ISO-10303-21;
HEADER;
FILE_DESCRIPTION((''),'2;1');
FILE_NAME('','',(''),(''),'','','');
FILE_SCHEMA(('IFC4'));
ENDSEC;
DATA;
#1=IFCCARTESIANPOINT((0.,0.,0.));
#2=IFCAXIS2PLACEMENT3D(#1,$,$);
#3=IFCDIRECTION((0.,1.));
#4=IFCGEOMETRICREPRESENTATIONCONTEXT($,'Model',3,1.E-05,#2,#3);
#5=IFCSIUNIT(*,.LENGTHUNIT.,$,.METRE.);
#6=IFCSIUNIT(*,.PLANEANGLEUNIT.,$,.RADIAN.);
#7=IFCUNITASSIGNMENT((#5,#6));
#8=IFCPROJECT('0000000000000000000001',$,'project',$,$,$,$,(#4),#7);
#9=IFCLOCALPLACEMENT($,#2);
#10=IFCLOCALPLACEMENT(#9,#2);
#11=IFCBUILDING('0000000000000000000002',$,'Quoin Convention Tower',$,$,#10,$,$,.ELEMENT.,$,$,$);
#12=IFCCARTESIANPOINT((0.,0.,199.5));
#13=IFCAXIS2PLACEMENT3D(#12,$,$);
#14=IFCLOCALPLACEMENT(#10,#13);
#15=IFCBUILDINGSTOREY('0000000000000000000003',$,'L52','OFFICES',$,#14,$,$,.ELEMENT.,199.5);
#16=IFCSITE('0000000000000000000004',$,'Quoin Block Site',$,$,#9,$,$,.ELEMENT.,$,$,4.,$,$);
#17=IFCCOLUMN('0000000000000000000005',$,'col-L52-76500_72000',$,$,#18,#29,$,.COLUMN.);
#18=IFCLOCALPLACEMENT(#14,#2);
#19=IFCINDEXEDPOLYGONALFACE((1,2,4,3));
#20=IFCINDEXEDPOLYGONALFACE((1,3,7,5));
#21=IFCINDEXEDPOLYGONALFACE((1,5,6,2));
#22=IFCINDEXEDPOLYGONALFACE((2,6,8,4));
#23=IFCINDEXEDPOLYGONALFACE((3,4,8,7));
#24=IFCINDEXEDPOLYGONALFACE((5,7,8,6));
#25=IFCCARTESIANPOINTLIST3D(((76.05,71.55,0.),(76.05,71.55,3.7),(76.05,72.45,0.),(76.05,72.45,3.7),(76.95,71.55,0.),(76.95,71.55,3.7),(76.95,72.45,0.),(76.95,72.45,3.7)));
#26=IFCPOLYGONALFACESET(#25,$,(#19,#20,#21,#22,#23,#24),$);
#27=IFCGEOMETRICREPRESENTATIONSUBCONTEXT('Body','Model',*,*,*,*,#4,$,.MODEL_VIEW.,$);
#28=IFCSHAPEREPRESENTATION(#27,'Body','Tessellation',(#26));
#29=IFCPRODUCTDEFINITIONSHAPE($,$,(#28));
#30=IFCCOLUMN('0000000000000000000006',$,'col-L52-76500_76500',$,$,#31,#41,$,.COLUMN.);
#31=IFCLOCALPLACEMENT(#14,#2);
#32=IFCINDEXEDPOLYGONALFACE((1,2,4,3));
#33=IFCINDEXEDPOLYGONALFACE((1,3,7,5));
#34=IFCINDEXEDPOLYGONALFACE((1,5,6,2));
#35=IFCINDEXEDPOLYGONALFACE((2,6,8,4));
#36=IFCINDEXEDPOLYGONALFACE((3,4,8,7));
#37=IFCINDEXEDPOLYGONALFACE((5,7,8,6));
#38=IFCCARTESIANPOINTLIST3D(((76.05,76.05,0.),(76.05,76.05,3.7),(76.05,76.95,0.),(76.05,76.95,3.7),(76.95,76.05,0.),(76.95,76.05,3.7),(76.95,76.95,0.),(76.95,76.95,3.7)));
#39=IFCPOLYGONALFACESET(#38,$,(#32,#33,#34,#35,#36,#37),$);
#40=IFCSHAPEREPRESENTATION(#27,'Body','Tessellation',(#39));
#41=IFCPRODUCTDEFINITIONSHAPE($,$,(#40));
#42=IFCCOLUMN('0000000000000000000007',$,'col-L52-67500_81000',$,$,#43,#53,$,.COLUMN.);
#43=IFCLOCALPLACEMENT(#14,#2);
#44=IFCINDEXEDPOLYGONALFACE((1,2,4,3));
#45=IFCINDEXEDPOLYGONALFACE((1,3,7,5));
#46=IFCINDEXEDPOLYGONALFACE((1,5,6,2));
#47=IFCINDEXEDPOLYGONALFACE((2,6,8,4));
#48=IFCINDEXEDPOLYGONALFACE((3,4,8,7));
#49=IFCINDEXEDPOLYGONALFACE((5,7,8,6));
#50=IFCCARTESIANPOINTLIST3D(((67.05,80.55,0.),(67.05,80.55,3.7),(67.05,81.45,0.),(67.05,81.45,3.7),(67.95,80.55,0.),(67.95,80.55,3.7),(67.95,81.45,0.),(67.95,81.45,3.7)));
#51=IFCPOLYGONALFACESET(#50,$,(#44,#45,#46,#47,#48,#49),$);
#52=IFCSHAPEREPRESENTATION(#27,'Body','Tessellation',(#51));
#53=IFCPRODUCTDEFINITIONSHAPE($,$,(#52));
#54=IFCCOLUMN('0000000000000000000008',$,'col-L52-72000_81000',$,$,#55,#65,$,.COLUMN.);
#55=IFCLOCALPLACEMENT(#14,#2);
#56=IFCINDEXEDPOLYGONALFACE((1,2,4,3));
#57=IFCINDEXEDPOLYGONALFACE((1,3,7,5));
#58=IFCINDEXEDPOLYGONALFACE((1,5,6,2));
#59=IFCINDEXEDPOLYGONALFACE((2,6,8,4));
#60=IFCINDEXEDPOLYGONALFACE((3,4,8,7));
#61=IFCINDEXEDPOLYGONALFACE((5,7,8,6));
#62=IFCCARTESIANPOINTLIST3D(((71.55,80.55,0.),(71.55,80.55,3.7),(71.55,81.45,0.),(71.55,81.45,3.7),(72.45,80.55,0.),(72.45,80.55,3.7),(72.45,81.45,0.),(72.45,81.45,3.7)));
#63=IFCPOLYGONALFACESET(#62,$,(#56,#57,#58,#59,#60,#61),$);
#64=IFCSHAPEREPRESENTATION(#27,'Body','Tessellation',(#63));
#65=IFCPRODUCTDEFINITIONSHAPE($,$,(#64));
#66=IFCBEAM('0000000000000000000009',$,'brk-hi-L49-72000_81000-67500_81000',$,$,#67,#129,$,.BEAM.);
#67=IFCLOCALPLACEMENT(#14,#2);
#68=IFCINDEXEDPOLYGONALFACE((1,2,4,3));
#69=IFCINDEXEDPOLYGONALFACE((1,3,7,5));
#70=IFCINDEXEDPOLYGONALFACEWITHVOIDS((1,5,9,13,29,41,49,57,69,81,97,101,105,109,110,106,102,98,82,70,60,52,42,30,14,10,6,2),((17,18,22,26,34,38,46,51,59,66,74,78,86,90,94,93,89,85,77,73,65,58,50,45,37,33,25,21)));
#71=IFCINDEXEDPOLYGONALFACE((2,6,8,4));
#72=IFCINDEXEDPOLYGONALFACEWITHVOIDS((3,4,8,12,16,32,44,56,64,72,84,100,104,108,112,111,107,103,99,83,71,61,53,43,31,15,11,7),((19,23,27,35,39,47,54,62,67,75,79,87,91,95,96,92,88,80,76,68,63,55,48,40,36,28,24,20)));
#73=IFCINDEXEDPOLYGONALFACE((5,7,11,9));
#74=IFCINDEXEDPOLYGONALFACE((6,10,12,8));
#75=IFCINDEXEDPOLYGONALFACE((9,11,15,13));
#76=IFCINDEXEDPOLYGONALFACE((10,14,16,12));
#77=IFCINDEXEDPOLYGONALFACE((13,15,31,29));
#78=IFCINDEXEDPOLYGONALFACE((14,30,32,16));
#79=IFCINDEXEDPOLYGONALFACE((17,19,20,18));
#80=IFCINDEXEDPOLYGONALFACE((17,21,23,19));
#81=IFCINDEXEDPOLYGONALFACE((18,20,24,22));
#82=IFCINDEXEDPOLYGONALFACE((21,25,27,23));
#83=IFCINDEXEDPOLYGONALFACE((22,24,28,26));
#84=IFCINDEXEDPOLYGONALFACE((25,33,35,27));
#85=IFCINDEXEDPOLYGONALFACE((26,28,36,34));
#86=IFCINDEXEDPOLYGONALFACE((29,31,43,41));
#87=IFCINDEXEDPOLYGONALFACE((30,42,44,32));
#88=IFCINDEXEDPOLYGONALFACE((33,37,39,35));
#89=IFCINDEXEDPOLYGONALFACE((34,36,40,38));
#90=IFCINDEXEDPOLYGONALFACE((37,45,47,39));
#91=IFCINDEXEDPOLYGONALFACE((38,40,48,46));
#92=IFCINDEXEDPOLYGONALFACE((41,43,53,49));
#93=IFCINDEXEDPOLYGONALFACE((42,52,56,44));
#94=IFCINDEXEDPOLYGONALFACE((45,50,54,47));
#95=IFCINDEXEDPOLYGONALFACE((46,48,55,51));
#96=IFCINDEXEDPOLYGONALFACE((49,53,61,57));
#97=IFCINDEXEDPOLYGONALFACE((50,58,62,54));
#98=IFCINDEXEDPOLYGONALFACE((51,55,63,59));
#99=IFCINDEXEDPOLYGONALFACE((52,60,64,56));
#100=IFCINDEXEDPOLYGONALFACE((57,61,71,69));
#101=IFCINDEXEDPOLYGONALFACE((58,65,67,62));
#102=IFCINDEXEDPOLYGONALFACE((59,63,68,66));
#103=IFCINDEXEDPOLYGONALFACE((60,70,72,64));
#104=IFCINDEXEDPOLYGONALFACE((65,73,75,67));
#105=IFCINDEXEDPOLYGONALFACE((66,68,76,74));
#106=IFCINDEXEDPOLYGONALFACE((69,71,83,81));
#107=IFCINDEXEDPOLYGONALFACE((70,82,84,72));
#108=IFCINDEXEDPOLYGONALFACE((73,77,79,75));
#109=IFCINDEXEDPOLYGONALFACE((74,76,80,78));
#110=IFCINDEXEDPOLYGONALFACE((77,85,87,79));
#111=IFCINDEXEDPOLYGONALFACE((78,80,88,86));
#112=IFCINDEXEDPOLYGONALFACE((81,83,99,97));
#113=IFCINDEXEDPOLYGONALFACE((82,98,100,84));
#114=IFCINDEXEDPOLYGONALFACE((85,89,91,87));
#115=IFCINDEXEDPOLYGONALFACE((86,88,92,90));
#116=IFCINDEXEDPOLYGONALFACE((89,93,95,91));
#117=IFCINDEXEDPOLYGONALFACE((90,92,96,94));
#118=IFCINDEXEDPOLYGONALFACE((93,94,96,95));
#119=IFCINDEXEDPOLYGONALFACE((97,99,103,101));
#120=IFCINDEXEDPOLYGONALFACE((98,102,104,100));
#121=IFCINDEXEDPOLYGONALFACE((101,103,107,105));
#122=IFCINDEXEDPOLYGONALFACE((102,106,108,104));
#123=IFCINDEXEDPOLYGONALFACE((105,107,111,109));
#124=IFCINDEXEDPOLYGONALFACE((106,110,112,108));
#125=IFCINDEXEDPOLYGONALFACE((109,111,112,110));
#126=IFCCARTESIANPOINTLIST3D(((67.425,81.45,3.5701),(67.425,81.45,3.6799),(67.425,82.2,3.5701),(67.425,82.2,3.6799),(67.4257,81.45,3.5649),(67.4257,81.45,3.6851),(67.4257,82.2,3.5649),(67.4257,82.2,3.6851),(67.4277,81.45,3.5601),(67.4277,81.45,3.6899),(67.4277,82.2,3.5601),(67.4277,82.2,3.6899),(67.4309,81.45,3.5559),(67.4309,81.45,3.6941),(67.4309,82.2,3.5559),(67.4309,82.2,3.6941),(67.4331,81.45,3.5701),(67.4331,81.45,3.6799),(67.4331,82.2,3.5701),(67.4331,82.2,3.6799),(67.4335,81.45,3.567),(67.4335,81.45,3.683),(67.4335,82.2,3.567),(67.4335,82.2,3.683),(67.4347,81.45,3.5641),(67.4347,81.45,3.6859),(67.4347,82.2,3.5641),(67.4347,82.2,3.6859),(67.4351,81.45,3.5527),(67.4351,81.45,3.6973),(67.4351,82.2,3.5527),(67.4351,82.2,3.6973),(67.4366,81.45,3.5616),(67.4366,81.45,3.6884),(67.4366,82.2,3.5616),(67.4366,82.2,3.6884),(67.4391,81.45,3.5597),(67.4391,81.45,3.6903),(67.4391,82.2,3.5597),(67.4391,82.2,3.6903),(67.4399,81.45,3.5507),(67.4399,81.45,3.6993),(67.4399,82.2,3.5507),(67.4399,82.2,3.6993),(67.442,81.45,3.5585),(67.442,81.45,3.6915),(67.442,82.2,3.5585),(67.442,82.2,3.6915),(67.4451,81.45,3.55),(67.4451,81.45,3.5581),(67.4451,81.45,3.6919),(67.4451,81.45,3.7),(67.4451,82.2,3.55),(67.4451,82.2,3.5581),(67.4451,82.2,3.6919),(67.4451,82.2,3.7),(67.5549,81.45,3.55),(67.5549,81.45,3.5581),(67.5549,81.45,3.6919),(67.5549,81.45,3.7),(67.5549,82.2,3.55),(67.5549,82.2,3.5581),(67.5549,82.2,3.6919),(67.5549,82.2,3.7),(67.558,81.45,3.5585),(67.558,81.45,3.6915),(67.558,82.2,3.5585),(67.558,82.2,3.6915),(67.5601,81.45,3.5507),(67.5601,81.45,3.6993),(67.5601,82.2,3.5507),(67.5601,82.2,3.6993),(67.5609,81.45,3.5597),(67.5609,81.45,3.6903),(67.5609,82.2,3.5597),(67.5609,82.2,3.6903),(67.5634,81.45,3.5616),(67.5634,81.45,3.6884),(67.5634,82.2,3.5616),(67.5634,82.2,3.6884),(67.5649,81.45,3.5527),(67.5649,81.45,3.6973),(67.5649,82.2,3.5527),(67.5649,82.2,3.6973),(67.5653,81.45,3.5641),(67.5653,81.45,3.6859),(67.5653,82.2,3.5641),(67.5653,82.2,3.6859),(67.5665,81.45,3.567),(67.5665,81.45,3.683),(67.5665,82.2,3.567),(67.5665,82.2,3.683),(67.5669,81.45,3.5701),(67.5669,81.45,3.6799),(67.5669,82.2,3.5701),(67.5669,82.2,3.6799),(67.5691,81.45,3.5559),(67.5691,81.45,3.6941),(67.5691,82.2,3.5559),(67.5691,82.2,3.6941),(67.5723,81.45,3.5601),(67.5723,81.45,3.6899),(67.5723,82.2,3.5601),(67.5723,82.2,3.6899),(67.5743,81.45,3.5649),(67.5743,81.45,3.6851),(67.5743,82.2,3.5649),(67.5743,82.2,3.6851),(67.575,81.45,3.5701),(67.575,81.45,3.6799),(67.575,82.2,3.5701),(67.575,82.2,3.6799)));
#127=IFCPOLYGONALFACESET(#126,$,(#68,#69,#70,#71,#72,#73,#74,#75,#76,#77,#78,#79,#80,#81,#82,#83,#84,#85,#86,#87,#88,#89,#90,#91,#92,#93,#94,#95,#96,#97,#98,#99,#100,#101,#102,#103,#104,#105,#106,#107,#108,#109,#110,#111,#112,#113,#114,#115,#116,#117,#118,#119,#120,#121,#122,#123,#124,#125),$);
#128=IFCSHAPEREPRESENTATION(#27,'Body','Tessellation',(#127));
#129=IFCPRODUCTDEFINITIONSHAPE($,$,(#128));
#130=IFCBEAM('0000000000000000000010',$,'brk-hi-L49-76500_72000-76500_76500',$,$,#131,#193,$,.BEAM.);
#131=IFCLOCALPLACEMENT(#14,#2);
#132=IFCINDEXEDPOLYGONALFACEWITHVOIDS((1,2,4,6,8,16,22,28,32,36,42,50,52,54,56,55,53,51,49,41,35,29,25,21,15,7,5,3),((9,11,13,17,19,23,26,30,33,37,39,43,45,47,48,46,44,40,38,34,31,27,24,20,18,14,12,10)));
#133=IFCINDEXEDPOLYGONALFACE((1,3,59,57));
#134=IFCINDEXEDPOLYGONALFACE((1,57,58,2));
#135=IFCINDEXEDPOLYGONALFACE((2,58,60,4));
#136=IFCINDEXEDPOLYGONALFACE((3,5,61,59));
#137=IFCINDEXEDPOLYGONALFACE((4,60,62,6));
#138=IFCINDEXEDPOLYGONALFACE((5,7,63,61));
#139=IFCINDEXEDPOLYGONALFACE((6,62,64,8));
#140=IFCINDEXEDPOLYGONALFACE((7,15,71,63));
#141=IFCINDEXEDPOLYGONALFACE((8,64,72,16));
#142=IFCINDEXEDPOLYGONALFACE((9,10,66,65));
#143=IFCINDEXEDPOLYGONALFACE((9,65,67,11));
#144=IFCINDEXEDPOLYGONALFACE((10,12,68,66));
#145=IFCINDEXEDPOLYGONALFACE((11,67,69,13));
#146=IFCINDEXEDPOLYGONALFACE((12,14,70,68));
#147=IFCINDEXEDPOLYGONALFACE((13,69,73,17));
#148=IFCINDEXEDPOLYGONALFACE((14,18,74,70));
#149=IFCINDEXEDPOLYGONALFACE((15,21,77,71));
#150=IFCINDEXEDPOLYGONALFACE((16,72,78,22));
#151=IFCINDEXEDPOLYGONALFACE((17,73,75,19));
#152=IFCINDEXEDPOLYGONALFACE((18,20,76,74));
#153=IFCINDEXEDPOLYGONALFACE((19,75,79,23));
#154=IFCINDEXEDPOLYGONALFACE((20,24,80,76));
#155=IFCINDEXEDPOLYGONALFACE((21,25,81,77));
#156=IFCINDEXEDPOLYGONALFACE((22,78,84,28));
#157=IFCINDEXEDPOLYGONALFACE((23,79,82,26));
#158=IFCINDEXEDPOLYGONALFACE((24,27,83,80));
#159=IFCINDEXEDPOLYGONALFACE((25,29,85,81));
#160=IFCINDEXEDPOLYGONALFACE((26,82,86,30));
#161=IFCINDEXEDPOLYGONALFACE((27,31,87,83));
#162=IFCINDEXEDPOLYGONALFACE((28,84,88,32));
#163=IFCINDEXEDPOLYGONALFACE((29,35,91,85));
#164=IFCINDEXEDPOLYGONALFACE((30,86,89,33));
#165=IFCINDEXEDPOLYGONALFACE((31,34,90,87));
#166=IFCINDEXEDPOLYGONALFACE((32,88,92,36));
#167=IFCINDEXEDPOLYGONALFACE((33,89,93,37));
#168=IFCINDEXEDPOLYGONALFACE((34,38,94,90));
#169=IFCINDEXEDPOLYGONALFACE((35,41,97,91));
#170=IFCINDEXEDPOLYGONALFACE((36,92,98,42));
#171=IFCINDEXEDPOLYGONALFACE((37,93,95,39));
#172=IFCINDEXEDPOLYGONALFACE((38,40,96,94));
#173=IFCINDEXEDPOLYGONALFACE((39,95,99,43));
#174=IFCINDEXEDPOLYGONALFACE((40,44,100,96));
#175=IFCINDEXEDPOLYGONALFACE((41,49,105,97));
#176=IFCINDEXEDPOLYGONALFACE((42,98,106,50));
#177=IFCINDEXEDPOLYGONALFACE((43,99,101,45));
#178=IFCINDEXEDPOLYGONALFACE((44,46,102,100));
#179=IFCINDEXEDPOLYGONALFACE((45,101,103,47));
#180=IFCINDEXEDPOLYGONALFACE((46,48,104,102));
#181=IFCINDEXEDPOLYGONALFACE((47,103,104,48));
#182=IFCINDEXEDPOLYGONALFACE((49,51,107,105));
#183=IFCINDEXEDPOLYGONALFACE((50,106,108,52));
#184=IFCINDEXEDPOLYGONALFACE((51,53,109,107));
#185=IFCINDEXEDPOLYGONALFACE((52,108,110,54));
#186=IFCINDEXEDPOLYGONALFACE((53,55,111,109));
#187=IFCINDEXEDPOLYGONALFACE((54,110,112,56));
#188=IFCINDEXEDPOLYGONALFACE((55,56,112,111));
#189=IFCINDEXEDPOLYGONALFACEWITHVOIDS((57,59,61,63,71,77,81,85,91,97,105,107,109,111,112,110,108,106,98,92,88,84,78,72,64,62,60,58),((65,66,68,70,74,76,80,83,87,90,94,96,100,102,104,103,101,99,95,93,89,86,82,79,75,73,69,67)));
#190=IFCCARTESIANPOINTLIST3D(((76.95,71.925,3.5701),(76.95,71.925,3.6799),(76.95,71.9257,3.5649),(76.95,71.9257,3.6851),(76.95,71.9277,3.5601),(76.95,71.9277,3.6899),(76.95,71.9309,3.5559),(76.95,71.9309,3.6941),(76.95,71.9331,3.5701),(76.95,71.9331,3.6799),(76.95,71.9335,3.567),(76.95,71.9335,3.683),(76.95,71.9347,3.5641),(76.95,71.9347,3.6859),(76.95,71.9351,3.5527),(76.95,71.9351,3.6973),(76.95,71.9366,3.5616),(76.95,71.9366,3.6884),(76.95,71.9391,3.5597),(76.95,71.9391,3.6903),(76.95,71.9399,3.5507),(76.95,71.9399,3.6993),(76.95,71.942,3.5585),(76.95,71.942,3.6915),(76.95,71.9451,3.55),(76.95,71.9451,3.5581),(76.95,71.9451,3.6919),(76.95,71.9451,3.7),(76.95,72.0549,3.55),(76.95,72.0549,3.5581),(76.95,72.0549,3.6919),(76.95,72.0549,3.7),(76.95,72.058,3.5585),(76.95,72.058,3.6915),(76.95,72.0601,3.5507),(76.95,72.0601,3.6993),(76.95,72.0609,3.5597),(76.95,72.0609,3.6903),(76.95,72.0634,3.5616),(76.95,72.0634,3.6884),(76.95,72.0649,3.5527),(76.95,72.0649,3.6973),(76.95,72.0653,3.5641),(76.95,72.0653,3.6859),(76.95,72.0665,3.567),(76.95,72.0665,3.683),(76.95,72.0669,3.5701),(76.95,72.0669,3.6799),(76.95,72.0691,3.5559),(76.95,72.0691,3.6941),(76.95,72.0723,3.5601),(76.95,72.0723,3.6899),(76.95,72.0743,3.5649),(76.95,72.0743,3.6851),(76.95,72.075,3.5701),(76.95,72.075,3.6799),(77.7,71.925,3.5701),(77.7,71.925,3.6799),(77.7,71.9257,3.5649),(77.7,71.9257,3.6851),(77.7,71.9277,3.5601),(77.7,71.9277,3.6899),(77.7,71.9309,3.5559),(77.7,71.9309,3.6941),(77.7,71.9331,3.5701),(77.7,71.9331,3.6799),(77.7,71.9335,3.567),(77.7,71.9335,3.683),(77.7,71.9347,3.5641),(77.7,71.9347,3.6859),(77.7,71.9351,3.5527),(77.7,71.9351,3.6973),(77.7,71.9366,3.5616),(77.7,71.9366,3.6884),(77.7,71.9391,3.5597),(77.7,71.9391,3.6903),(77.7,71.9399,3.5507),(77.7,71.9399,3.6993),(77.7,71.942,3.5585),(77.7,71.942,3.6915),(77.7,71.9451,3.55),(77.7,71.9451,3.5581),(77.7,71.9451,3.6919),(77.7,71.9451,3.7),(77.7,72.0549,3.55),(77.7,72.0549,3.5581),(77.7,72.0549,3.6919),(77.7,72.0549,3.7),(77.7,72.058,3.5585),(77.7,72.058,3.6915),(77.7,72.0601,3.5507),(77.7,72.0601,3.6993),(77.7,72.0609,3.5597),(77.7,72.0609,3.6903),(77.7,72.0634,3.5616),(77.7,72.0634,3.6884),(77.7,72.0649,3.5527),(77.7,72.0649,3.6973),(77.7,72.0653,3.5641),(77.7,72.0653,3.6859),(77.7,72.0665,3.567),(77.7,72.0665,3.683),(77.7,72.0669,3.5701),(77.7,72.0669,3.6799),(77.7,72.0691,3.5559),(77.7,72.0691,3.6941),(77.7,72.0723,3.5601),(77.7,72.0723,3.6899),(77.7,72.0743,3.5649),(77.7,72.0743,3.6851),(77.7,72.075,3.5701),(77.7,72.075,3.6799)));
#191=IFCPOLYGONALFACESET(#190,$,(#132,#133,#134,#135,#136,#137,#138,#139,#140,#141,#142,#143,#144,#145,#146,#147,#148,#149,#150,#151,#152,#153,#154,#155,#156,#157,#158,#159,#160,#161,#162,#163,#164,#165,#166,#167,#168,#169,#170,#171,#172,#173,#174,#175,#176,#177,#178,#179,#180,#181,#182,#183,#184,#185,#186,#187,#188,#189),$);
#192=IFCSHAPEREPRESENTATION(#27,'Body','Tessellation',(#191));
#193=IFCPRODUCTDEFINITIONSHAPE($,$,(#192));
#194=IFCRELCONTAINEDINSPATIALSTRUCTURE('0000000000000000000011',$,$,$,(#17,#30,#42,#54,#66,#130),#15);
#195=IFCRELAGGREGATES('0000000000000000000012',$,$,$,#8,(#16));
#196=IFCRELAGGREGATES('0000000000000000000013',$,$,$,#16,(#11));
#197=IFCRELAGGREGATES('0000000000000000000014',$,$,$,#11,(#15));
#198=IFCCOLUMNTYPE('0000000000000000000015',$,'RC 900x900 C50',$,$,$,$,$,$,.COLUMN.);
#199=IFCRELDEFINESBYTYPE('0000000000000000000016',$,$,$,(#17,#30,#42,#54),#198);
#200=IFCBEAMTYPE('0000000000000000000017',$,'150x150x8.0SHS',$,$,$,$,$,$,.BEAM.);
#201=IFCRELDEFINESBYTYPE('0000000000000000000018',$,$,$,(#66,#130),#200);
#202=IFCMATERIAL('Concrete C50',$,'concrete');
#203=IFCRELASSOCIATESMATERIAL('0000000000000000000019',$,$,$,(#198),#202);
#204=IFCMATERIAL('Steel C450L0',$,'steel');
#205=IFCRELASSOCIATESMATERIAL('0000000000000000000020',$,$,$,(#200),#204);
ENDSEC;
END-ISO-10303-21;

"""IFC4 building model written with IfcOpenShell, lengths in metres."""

from ifc_helpers import new_model, si_unit, direction, frame, origin, origin_2d, place, context, subcontext, project, spatial, rectangle, hollow_rectangle, extrude, material, material_profile, profile_set, type_object, element, save


model = new_model("IFC4")

# Units and contexts
model_context = context("Model", 3, precision=1e-05, world=origin(), true_north=direction((0.0, 1.0)))
body_context = subcontext(model_context, "Body", "Model", "MODEL_VIEW")
ifc_project = project(units=[si_unit("LENGTHUNIT", "METRE"), si_unit("PLANEANGLEUNIT", "RADIAN")], contexts=[model_context])

# Site, building, storey
site_placement = place(None, origin())
site = spatial("IfcSite", under=ifc_project, at=site_placement, Name="Quoin Block Site", CompositionType="ELEMENT", RefElevation=4.0)
building_placement = place(site_placement, origin())
building = spatial("IfcBuilding", under=site, at=building_placement, Name="Quoin Convention Tower", CompositionType="ELEMENT")
storey_placement = place(building_placement, frame((0.0, 0.0, 199.5)))
storey = spatial("IfcBuildingStorey", under=building, at=storey_placement, Name="L52", Description="OFFICES", CompositionType="ELEMENT", Elevation=199.5)

# Columns
ifc_material_1 = material(Name="Concrete C50", Category="concrete")
ifc_material_profile_1 = material_profile(ifc_material_1, rectangle(XDim=0.8999, YDim=0.8999, at=origin_2d()), Name="RC 900x900")
ifc_profile_set_1 = profile_set([ifc_material_profile_1], Name="Concrete C50")
column_type = type_object("IfcColumnType", Name="RC 900x900 C50", PredefinedType="COLUMN", material=ifc_profile_set_1)
for number, where, z_axis, x_axis, name in (
    (1, (76.5, 72.0, 0.0), (0.0, 0.0, 1.0), (1.0, 0.0, 0.0), "col-L52-76500_72000"),
    (2, (76.5, 76.5, 0.0), (0.0, 0.0, 1.0), (1.0, 0.0, 0.0), "col-L52-76500_76500"),
    (3, (67.5, 81.0, 0.0), (0.0, 0.0, 1.0), (1.0, 0.0, 0.0), "col-L52-67500_81000"),
    (4, (72.0, 81.0, 0.0), (0.0, 0.0, 1.0), (1.0, 0.0, 0.0), "col-L52-72000_81000"),
):
    element("IfcColumn", number, at=place(storey_placement, frame(where, z_axis=z_axis, x_axis=x_axis)), inside=storey, type_object=column_type, Name=name, PredefinedType="COLUMN", context=body_context, shape_type="SweptSolid", body=[
        extrude(rectangle(XDim=0.8999, YDim=0.8999, at=origin_2d()), origin(), (0.0, 0.0, 1.0), 3.7),
    ])

# Beams
ifc_material_2 = material(Name="Steel C450L0", Category="steel")
ifc_material_profile_2 = material_profile(ifc_material_2, hollow_rectangle(XDim=0.1499, YDim=0.1499, WallThickness=0.0081, InnerFilletRadius=0.012, OuterFilletRadius=0.02, at=origin_2d()), Name="150x150x8.0SHS")
ifc_profile_set_2 = profile_set([ifc_material_profile_2], Name="Steel C450L0")
beam_type_1 = type_object("IfcBeamType", Name="150x150x8.0SHS", PredefinedType="BEAM", material=ifc_profile_set_2)
for number, where, z_axis, x_axis, name in (
    (5, (67.5, 81.45, 3.625), (0.0, 1.0, 0.0), (-1.0, 0.0, 0.0), "brk-hi-L49-72000_81000-67500_81000"),
    (6, (76.95, 72.0, 3.625), (1.0, 0.0, 0.0), (0.0, 1.0, 0.0), "brk-hi-L49-76500_72000-76500_76500"),
):
    element("IfcBeam", number, at=place(storey_placement, frame(where, z_axis=z_axis, x_axis=x_axis)), inside=storey, type_object=beam_type_1, Name=name, PredefinedType="BEAM", context=body_context, shape_type="SweptSolid", body=[
        extrude(hollow_rectangle(XDim=0.1499, YDim=0.1499, WallThickness=0.0081, InnerFilletRadius=0.012, OuterFilletRadius=0.02, at=origin_2d()), origin(), (0.0, 0.0, 1.0), 0.75),
    ])

save(model, "model.ifc")
